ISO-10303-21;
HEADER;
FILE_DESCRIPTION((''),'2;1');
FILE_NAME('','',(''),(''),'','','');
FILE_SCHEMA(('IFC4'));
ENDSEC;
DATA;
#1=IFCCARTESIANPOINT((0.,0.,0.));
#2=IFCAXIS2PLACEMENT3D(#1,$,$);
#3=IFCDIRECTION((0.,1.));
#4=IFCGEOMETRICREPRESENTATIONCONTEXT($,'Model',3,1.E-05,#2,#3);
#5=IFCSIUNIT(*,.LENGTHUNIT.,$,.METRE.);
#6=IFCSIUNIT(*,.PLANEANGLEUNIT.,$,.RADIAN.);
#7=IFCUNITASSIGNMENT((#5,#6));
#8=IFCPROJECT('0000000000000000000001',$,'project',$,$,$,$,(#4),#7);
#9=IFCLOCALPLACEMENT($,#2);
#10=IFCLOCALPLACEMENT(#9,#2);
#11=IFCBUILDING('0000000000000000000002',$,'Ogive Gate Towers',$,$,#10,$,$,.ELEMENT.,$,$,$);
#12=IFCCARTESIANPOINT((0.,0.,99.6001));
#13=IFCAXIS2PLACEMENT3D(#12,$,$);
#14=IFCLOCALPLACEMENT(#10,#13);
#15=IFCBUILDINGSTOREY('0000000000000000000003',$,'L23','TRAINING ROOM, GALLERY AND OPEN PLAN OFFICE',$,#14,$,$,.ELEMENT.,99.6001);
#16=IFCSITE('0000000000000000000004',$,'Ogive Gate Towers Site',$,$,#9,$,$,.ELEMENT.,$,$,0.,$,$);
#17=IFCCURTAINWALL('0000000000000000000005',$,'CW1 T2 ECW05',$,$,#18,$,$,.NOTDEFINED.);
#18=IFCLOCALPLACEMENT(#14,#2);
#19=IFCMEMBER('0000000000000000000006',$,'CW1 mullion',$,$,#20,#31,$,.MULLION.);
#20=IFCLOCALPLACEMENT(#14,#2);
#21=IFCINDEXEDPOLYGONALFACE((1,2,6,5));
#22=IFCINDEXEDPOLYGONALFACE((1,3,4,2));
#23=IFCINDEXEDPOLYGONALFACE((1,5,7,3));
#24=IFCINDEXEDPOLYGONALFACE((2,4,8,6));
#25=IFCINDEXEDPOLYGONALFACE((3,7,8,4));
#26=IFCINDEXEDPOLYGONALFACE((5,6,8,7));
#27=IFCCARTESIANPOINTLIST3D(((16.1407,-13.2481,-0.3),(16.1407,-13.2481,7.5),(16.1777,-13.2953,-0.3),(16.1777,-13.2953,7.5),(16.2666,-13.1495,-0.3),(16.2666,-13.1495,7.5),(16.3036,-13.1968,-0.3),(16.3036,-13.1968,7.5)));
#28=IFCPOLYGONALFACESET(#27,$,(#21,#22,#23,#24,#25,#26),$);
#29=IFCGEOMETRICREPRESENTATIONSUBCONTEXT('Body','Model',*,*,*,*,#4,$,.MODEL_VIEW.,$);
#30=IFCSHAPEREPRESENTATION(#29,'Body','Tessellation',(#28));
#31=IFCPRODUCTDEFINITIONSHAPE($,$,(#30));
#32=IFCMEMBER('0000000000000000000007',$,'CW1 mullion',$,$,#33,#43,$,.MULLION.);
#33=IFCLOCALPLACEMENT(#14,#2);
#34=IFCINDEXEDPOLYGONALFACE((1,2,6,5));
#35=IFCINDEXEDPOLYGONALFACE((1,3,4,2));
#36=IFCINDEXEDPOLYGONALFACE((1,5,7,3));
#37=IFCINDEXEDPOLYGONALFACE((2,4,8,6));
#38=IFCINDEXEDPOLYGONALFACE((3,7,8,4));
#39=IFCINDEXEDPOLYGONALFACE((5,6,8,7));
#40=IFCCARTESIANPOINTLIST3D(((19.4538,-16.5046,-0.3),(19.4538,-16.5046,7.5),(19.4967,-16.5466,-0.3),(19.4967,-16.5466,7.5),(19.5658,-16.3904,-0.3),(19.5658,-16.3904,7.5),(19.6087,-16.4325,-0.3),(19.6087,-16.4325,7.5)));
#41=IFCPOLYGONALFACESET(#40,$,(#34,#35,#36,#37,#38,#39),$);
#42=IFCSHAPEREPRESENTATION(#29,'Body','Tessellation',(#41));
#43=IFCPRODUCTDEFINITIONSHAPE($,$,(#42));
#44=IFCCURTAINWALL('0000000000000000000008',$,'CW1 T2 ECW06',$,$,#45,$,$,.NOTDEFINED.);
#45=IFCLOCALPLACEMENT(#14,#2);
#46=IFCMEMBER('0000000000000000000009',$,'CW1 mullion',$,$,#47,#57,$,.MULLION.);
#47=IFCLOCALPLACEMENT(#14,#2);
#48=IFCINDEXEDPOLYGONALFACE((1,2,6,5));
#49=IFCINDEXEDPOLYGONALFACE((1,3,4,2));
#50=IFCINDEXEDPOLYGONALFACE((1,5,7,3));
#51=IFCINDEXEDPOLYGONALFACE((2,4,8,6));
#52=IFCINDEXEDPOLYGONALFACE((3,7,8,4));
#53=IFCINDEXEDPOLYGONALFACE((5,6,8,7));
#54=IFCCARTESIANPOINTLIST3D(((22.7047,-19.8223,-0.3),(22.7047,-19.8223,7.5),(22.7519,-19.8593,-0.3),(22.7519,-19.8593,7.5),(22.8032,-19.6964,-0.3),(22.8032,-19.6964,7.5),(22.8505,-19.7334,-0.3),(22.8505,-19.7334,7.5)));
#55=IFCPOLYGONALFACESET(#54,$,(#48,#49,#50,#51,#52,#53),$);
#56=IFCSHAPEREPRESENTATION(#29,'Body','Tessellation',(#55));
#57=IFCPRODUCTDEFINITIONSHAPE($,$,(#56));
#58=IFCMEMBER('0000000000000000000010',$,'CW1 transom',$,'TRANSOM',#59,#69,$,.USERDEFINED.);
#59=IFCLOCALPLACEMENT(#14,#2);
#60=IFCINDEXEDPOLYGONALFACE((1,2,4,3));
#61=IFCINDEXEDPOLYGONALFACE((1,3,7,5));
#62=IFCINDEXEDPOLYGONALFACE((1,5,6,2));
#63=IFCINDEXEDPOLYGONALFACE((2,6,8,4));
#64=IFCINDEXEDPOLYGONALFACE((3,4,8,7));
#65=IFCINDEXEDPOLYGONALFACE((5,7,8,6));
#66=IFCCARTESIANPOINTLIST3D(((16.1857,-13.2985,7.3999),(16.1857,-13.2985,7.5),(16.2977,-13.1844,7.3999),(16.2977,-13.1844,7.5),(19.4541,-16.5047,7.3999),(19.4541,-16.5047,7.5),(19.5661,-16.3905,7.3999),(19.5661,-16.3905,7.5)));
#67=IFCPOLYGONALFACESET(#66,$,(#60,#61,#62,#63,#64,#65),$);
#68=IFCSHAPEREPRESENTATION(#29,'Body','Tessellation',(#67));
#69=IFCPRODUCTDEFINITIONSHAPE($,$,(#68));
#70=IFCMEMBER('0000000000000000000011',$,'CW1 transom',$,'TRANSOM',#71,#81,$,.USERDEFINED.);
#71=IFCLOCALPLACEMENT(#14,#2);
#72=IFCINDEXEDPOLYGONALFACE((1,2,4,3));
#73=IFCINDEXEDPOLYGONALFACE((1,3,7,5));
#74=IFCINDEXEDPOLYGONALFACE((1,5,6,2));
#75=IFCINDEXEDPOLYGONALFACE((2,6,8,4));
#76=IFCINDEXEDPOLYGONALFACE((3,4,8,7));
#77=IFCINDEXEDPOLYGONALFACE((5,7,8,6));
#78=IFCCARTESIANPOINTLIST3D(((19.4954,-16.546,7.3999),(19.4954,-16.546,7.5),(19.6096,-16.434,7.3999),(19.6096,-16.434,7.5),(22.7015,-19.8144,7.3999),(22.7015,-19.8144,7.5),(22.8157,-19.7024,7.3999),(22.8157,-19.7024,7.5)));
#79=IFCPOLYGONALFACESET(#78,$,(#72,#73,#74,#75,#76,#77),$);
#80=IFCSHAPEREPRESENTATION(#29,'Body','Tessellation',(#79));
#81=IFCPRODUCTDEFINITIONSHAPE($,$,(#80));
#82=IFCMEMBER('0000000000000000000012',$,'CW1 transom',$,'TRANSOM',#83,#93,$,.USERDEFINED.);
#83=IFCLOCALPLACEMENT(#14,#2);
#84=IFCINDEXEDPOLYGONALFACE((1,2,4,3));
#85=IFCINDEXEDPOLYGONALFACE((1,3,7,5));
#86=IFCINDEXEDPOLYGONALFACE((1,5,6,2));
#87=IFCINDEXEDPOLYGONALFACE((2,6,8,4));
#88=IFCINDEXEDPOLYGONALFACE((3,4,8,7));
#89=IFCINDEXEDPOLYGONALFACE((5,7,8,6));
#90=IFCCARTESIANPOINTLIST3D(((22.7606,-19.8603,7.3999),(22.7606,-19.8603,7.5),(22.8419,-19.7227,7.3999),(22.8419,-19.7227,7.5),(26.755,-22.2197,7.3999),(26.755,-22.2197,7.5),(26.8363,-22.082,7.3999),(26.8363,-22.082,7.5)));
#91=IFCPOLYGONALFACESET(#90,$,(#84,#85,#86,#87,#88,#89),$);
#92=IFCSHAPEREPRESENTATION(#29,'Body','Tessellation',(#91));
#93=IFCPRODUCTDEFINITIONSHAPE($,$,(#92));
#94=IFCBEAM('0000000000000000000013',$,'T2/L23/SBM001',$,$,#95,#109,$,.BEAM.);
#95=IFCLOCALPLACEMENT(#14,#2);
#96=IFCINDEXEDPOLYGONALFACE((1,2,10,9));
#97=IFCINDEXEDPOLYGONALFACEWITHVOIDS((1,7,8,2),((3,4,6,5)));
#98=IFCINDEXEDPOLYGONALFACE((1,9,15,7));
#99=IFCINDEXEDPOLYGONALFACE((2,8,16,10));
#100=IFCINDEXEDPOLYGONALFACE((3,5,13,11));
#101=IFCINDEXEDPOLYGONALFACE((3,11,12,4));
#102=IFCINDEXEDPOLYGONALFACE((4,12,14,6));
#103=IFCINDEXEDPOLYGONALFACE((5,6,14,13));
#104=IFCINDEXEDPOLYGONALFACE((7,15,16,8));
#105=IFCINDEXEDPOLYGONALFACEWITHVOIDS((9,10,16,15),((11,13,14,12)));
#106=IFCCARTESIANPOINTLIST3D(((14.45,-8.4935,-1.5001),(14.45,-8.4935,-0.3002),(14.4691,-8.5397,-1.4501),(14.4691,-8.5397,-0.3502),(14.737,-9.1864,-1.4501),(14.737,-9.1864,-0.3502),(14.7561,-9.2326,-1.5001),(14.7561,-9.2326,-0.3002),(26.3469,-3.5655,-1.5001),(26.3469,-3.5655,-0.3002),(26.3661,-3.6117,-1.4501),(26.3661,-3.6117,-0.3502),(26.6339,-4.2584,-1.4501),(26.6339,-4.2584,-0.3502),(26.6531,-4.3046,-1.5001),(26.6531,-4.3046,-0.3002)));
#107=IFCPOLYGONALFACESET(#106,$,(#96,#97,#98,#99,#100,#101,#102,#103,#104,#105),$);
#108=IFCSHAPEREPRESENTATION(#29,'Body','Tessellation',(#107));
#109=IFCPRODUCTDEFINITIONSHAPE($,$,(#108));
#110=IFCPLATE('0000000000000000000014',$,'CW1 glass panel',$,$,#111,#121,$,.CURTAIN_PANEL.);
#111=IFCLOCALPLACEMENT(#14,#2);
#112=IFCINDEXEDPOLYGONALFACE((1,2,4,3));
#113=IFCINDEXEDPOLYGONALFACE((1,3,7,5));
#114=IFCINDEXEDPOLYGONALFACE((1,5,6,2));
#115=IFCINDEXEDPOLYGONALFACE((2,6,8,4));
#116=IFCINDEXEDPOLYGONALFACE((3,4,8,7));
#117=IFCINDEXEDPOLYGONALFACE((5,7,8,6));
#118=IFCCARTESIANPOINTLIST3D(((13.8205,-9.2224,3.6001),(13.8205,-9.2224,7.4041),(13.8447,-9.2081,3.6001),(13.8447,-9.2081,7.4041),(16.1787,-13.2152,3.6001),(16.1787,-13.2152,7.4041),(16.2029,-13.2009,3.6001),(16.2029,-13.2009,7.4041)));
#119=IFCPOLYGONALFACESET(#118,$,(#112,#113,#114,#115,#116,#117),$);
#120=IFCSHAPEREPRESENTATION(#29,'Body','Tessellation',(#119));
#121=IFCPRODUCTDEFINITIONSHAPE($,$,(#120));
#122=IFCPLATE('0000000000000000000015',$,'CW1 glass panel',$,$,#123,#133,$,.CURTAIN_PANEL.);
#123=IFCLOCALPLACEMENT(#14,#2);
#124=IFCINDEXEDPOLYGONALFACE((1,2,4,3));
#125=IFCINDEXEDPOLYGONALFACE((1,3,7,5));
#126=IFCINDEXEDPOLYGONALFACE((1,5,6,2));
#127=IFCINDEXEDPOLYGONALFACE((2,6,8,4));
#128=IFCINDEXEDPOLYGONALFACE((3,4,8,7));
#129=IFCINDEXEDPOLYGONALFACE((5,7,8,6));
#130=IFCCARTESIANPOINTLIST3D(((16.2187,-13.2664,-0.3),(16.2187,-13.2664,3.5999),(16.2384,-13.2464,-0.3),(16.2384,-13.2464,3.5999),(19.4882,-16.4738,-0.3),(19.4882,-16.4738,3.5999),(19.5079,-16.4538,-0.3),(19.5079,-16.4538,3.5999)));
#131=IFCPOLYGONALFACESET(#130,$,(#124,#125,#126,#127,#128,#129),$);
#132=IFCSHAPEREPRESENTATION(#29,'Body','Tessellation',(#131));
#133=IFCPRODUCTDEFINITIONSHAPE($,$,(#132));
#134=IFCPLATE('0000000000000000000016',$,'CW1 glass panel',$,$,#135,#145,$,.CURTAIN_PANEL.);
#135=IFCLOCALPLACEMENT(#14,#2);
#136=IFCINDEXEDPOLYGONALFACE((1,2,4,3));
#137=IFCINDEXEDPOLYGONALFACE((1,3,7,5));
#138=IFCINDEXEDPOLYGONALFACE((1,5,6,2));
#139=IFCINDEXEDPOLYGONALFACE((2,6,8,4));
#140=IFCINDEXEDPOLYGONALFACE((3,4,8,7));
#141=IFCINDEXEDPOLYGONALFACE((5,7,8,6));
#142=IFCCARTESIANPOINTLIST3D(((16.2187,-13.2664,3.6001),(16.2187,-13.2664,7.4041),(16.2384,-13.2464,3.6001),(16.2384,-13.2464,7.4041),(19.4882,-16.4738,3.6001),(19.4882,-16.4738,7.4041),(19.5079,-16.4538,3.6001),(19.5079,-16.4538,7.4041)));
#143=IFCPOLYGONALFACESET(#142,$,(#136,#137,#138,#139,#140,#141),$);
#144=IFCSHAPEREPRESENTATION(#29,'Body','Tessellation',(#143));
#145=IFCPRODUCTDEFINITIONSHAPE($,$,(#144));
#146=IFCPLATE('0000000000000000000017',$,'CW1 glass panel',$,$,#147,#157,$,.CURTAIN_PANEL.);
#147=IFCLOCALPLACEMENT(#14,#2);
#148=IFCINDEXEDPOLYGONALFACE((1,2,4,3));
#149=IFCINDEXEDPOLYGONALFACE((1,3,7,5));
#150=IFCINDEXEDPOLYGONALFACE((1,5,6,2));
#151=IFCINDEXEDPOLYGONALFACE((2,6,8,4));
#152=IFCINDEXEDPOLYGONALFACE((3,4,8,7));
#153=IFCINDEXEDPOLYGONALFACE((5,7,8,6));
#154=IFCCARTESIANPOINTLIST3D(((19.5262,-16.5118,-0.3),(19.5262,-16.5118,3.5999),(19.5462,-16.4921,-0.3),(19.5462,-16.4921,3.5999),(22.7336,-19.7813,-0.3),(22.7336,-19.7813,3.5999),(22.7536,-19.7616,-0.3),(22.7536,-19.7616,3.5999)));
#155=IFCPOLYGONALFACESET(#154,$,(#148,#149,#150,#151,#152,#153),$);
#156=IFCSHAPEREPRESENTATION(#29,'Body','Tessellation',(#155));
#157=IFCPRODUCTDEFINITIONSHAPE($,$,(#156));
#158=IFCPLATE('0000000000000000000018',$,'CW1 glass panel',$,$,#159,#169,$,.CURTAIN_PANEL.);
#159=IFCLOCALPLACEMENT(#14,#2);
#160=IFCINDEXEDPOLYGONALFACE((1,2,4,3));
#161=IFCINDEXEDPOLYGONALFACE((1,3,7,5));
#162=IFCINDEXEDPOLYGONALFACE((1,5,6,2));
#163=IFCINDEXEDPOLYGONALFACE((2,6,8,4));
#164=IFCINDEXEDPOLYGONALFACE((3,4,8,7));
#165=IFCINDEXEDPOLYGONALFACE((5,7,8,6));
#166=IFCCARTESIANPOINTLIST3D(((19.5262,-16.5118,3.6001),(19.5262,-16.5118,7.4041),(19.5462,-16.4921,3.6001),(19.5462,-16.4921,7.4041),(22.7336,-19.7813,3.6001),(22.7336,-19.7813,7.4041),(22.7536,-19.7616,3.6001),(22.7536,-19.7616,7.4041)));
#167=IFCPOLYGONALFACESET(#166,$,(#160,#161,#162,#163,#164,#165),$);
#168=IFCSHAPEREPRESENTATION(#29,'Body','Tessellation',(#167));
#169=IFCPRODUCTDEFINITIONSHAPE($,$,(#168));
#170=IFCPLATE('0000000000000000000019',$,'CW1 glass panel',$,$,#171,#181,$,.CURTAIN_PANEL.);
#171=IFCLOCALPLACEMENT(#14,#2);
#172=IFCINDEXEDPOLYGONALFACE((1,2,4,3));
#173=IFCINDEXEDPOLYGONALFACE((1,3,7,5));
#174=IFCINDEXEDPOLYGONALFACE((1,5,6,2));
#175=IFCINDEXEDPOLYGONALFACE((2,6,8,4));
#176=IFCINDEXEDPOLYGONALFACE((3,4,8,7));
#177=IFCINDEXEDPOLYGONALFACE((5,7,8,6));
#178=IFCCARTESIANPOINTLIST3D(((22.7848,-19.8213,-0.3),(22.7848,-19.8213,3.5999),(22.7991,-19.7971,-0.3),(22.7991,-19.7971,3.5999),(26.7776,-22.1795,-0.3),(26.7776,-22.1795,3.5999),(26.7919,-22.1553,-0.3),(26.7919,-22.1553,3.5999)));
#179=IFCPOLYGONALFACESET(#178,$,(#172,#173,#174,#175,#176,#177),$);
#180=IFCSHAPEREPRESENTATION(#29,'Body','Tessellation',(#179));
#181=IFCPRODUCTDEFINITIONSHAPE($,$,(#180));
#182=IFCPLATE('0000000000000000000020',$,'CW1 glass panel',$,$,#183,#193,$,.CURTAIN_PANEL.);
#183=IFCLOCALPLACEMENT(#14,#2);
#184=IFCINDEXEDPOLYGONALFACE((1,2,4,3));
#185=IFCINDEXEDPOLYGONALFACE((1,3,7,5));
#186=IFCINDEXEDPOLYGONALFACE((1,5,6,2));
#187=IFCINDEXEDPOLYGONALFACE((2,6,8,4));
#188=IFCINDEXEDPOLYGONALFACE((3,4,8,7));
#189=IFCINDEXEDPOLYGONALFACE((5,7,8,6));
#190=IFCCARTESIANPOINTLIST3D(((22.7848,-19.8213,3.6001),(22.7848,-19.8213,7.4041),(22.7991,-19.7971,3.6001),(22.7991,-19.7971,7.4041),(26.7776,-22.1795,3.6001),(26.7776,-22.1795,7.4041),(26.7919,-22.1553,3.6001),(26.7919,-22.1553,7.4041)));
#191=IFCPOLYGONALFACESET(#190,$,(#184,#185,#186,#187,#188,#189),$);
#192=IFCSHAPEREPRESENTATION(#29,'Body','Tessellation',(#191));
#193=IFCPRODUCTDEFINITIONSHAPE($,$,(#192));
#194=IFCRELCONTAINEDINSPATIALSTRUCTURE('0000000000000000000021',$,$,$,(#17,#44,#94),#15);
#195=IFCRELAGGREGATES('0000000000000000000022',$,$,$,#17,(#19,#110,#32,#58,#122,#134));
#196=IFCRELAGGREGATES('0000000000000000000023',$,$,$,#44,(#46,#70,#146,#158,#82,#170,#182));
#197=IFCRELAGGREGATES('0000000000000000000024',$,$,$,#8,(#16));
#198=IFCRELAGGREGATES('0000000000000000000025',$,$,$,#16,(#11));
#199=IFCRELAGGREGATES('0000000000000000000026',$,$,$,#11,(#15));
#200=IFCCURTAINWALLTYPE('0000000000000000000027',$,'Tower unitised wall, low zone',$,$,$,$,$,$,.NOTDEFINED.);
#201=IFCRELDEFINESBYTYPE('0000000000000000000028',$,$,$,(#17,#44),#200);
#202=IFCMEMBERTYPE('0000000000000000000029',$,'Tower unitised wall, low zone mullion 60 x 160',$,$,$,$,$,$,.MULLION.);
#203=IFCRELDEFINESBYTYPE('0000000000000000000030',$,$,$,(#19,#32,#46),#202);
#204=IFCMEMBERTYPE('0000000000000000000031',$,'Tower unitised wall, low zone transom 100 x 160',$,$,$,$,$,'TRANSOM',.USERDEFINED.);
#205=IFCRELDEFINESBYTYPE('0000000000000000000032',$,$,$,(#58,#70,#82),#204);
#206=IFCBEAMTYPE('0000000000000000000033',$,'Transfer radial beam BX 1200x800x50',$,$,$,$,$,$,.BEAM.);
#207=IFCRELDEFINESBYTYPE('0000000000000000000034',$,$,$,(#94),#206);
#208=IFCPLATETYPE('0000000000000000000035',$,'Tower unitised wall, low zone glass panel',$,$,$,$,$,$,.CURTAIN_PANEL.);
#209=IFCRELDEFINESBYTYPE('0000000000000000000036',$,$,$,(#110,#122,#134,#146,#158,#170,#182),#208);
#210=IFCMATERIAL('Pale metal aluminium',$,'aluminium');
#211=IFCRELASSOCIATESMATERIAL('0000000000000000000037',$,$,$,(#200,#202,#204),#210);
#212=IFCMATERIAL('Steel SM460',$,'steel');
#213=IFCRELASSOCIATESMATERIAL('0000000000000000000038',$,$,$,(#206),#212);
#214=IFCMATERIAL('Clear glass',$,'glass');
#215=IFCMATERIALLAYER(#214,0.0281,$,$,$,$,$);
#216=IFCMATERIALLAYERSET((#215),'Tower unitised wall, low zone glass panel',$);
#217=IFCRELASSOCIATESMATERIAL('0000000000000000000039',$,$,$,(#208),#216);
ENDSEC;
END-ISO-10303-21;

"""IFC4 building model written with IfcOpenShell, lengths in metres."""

from ifc_helpers import new_model, si_unit, direction, frame, origin, origin_2d, place, context, subcontext, project, spatial, rectangle, hollow_rectangle, extrude, material, layer, layer_set, material_profile, profile_set, type_object, element, aggregate, save


model = new_model("IFC4")

# Units and contexts
model_context = context("Model", 3, precision=1e-05, world=origin(), true_north=direction((0.0, 1.0)))
body_context = subcontext(model_context, "Body", "Model", "MODEL_VIEW")
ifc_project = project(units=[si_unit("LENGTHUNIT", "METRE"), si_unit("PLANEANGLEUNIT", "RADIAN")], contexts=[model_context])

# Site, building, storey
site_placement = place(None, origin())
site = spatial("IfcSite", under=ifc_project, at=site_placement, Name="Ogive Gate Towers Site", CompositionType="ELEMENT", RefElevation=0.0)
building_placement = place(site_placement, origin())
building = spatial("IfcBuilding", under=site, at=building_placement, Name="Ogive Gate Towers", CompositionType="ELEMENT")
storey_placement = place(building_placement, frame((0.0, 0.0, 99.6001)))
storey = spatial("IfcBuildingStorey", under=building, at=storey_placement, Name="L23", Description="TRAINING ROOM, GALLERY AND OPEN PLAN OFFICE", CompositionType="ELEMENT", Elevation=99.6001)

# Curtain wall, members
ifc_material_1 = material(Name="Pale metal aluminium", Category="aluminium")
curtain_wall_type = type_object("IfcCurtainWallType", Name="Tower unitised wall, low zone", PredefinedType="NOTDEFINED", material=ifc_material_1)
curtain_wall_1_placement = place(storey_placement, origin())
curtain_wall_1 = element("IfcCurtainWall", 1, at=curtain_wall_1_placement, inside=storey, type_object=curtain_wall_type, Name="CW1 T2 ECW05", PredefinedType="NOTDEFINED")
ifc_material_profile_1 = material_profile(ifc_material_1, rectangle(XDim=0.1599, YDim=0.0601, at=origin_2d()), Name="60 x 160 aluminium box")
ifc_profile_set_1 = profile_set([ifc_material_profile_1], Name="Pale metal aluminium")
member_type_1 = type_object("IfcMemberType", Name="Tower unitised wall, low zone mullion 60 x 160", PredefinedType="MULLION", material=ifc_profile_set_1)
member_1_placement = place(storey_placement, frame((16.2222, -13.2224, -0.3), z_axis=(0.0, 0.0, 1.0), x_axis=(-0.787387, -0.616459, 0.0)))
member_1 = element("IfcMember", 2, at=member_1_placement, type_object=member_type_1, Name="CW1 mullion", PredefinedType="MULLION", context=body_context, shape_type="SweptSolid", body=[
    extrude(rectangle(XDim=0.1599, YDim=0.0601, at=origin_2d()), origin(), (0.0, 0.0, 1.0), 7.8),
])
member_2_placement = place(storey_placement, frame((19.5312, -16.4685, -0.3), z_axis=(0.0, 0.0, 1.0), x_axis=(-0.700299, -0.71385, 0.0)))
member_2 = element("IfcMember", 3, at=member_2_placement, type_object=member_type_1, Name="CW1 mullion", PredefinedType="MULLION", context=body_context, shape_type="SweptSolid", body=[
    extrude(rectangle(XDim=0.1599, YDim=0.0601, at=origin_2d()), origin(), (0.0, 0.0, 1.0), 7.8),
])

# Curtain wall, member
curtain_wall_2_placement = place(storey_placement, origin())
curtain_wall_2 = element("IfcCurtainWall", 4, at=curtain_wall_2_placement, inside=storey, type_object=curtain_wall_type, Name="CW1 T2 ECW06", PredefinedType="NOTDEFINED")
member_3_placement = place(storey_placement, frame((22.7776, -19.7778, -0.3), z_axis=(0.0, 0.0, 1.0), x_axis=(-0.616459, -0.787387, 0.0)))
member_3 = element("IfcMember", 5, at=member_3_placement, type_object=member_type_1, Name="CW1 mullion", PredefinedType="MULLION", context=body_context, shape_type="SweptSolid", body=[
    extrude(rectangle(XDim=0.1599, YDim=0.0601, at=origin_2d()), origin(), (0.0, 0.0, 1.0), 7.8),
])

# Members
ifc_material_profile_2 = material_profile(ifc_material_1, rectangle(XDim=0.1599, YDim=0.1001, at=origin_2d()), Name="100 x 160 aluminium box")
ifc_profile_set_2 = profile_set([ifc_material_profile_2], Name="Pale metal aluminium")
member_type_2 = type_object("IfcMemberType", Name="Tower unitised wall, low zone transom 100 x 160", ElementType="TRANSOM", PredefinedType="USERDEFINED", material=ifc_profile_set_2)
member_4_placement = place(storey_placement, frame((16.2417, -13.2415, 7.45), z_axis=(0.713873, -0.700275, 0.0), x_axis=(0.700275, 0.713873, 0.0)))
member_4 = element("IfcMember", 6, at=member_4_placement, type_object=member_type_2, Name="CW1 transom", ObjectType="TRANSOM", PredefinedType="USERDEFINED", context=body_context, shape_type="SweptSolid", body=[
    extrude(rectangle(XDim=0.1599, YDim=0.1001, at=origin_2d()), origin(), (0.0, 0.0, 1.0), 4.5784),
])
member_5_placement = place(storey_placement, frame((19.5525, -16.49, 7.45), z_axis=(0.700275, -0.713873, 0.0), x_axis=(0.713873, 0.700275, 0.0)))
member_5 = element("IfcMember", 7, at=member_5_placement, type_object=member_type_2, Name="CW1 transom", ObjectType="TRANSOM", PredefinedType="USERDEFINED", context=body_context, shape_type="SweptSolid", body=[
    extrude(rectangle(XDim=0.1599, YDim=0.1001, at=origin_2d()), origin(), (0.0, 0.0, 1.0), 4.5784),
])
member_6_placement = place(storey_placement, frame((22.8013, -19.7915, 7.45), z_axis=(0.861016, -0.508579, 0.0), x_axis=(0.508579, 0.861016, 0.0)))
member_6 = element("IfcMember", 8, at=member_6_placement, type_object=member_type_2, Name="CW1 transom", ObjectType="TRANSOM", PredefinedType="USERDEFINED", context=body_context, shape_type="SweptSolid", body=[
    extrude(rectangle(XDim=0.1599, YDim=0.1001, at=origin_2d()), origin(), (0.0, 0.0, 1.0), 4.6392),
])

# Beam
ifc_material_2 = material(Name="Steel SM460", Category="steel")
ifc_material_profile_3 = material_profile(ifc_material_2, hollow_rectangle(XDim=0.8, YDim=1.2, WallThickness=0.05, at=origin_2d()), Name="BX 1200x800x50")
ifc_profile_set_3 = profile_set([ifc_material_profile_3], Name="Steel SM460")
beam_type = type_object("IfcBeamType", Name="Transfer radial beam BX 1200x800x50", PredefinedType="BEAM", material=ifc_profile_set_3)
beam_placement = place(storey_placement, frame((26.5, -3.9351, -0.9001), z_axis=(-0.923877, -0.382689, 0.0), x_axis=(0.382689, -0.923877, 0.0)))
element("IfcBeam", 9, at=beam_placement, inside=storey, type_object=beam_type, Name="T2/L23/SBM001", PredefinedType="BEAM", context=body_context, shape_type="SweptSolid", body=[
    extrude(hollow_rectangle(XDim=0.8, YDim=1.2, WallThickness=0.05, at=origin_2d()), origin(), (0.0, 0.0, 1.0), 12.8772),
])

# Plates
ifc_material_3 = material(Name="Clear glass", Category="glass")
ifc_layer_1 = layer(ifc_material_3, 0.0281)
ifc_layer_set_1 = layer_set([ifc_layer_1], Name="Tower unitised wall, low zone glass panel")
plate_type = type_object("IfcPlateType", Name="Tower unitised wall, low zone glass panel", PredefinedType="CURTAIN_PANEL", material=ifc_layer_set_1)
plate_1_placement = place(storey_placement, frame((15.0117, -11.2117, 3.6001), z_axis=(0.0, 0.0, 1.0), x_axis=(0.508546, -0.861035, 0.0)))
plate_1 = element("IfcPlate", 10, at=plate_1_placement, type_object=plate_type, Name="CW1 glass panel", PredefinedType="CURTAIN_PANEL", context=body_context, shape_type="SweptSolid", body=[
    extrude(rectangle(XDim=4.6372, YDim=0.0281, at=origin_2d()), origin(), (0.0, 0.0, 1.0), 3.804),
])
plate_2_placement = place(storey_placement, frame((17.8633, -14.8601, -0.3), z_axis=(0.0, 0.0, 1.0), x_axis=(0.71385, -0.700299, 0.0)))
plate_2 = element("IfcPlate", 11, at=plate_2_placement, type_object=plate_type, Name="CW1 glass panel", PredefinedType="CURTAIN_PANEL", context=body_context, shape_type="SweptSolid", body=[
    extrude(rectangle(XDim=4.5801, YDim=0.0281, at=origin_2d()), origin(), (0.0, 0.0, 1.0), 3.8999),
])
plate_3_placement = place(storey_placement, frame((17.8633, -14.8601, 3.6001), z_axis=(0.0, 0.0, 1.0), x_axis=(0.71385, -0.700299, 0.0)))
plate_3 = element("IfcPlate", 12, at=plate_3_placement, type_object=plate_type, Name="CW1 glass panel", PredefinedType="CURTAIN_PANEL", context=body_context, shape_type="SweptSolid", body=[
    extrude(rectangle(XDim=4.5801, YDim=0.0281, at=origin_2d()), origin(), (0.0, 0.0, 1.0), 3.804),
])
aggregate(curtain_wall_1, [member_1, plate_1, member_2, member_4, plate_2, plate_3])
plate_4_placement = place(storey_placement, frame((21.1399, -18.1367, -0.3), z_axis=(0.0, 0.0, 1.0), x_axis=(0.700299, -0.71385, 0.0)))
plate_4 = element("IfcPlate", 13, at=plate_4_placement, type_object=plate_type, Name="CW1 glass panel", PredefinedType="CURTAIN_PANEL", context=body_context, shape_type="SweptSolid", body=[
    extrude(rectangle(XDim=4.5801, YDim=0.0281, at=origin_2d()), origin(), (0.0, 0.0, 1.0), 3.8999),
])
plate_5_placement = place(storey_placement, frame((21.1399, -18.1367, 3.6001), z_axis=(0.0, 0.0, 1.0), x_axis=(0.700299, -0.71385, 0.0)))
plate_5 = element("IfcPlate", 14, at=plate_5_placement, type_object=plate_type, Name="CW1 glass panel", PredefinedType="CURTAIN_PANEL", context=body_context, shape_type="SweptSolid", body=[
    extrude(rectangle(XDim=4.5801, YDim=0.0281, at=origin_2d()), origin(), (0.0, 0.0, 1.0), 3.804),
])
plate_6_placement = place(storey_placement, frame((24.7883, -20.9883, -0.3), z_axis=(0.0, 0.0, 1.0), x_axis=(0.861035, -0.508546, 0.0)))
plate_6 = element("IfcPlate", 15, at=plate_6_placement, type_object=plate_type, Name="CW1 glass panel", PredefinedType="CURTAIN_PANEL", context=body_context, shape_type="SweptSolid", body=[
    extrude(rectangle(XDim=4.6372, YDim=0.0281, at=origin_2d()), origin(), (0.0, 0.0, 1.0), 3.8999),
])
plate_7_placement = place(storey_placement, frame((24.7883, -20.9883, 3.6001), z_axis=(0.0, 0.0, 1.0), x_axis=(0.861035, -0.508546, 0.0)))
plate_7 = element("IfcPlate", 16, at=plate_7_placement, type_object=plate_type, Name="CW1 glass panel", PredefinedType="CURTAIN_PANEL", context=body_context, shape_type="SweptSolid", body=[
    extrude(rectangle(XDim=4.6372, YDim=0.0281, at=origin_2d()), origin(), (0.0, 0.0, 1.0), 3.804),
])
aggregate(curtain_wall_2, [member_3, member_5, plate_4, plate_5, member_6, plate_6, plate_7])

save(model, "model.ifc")
